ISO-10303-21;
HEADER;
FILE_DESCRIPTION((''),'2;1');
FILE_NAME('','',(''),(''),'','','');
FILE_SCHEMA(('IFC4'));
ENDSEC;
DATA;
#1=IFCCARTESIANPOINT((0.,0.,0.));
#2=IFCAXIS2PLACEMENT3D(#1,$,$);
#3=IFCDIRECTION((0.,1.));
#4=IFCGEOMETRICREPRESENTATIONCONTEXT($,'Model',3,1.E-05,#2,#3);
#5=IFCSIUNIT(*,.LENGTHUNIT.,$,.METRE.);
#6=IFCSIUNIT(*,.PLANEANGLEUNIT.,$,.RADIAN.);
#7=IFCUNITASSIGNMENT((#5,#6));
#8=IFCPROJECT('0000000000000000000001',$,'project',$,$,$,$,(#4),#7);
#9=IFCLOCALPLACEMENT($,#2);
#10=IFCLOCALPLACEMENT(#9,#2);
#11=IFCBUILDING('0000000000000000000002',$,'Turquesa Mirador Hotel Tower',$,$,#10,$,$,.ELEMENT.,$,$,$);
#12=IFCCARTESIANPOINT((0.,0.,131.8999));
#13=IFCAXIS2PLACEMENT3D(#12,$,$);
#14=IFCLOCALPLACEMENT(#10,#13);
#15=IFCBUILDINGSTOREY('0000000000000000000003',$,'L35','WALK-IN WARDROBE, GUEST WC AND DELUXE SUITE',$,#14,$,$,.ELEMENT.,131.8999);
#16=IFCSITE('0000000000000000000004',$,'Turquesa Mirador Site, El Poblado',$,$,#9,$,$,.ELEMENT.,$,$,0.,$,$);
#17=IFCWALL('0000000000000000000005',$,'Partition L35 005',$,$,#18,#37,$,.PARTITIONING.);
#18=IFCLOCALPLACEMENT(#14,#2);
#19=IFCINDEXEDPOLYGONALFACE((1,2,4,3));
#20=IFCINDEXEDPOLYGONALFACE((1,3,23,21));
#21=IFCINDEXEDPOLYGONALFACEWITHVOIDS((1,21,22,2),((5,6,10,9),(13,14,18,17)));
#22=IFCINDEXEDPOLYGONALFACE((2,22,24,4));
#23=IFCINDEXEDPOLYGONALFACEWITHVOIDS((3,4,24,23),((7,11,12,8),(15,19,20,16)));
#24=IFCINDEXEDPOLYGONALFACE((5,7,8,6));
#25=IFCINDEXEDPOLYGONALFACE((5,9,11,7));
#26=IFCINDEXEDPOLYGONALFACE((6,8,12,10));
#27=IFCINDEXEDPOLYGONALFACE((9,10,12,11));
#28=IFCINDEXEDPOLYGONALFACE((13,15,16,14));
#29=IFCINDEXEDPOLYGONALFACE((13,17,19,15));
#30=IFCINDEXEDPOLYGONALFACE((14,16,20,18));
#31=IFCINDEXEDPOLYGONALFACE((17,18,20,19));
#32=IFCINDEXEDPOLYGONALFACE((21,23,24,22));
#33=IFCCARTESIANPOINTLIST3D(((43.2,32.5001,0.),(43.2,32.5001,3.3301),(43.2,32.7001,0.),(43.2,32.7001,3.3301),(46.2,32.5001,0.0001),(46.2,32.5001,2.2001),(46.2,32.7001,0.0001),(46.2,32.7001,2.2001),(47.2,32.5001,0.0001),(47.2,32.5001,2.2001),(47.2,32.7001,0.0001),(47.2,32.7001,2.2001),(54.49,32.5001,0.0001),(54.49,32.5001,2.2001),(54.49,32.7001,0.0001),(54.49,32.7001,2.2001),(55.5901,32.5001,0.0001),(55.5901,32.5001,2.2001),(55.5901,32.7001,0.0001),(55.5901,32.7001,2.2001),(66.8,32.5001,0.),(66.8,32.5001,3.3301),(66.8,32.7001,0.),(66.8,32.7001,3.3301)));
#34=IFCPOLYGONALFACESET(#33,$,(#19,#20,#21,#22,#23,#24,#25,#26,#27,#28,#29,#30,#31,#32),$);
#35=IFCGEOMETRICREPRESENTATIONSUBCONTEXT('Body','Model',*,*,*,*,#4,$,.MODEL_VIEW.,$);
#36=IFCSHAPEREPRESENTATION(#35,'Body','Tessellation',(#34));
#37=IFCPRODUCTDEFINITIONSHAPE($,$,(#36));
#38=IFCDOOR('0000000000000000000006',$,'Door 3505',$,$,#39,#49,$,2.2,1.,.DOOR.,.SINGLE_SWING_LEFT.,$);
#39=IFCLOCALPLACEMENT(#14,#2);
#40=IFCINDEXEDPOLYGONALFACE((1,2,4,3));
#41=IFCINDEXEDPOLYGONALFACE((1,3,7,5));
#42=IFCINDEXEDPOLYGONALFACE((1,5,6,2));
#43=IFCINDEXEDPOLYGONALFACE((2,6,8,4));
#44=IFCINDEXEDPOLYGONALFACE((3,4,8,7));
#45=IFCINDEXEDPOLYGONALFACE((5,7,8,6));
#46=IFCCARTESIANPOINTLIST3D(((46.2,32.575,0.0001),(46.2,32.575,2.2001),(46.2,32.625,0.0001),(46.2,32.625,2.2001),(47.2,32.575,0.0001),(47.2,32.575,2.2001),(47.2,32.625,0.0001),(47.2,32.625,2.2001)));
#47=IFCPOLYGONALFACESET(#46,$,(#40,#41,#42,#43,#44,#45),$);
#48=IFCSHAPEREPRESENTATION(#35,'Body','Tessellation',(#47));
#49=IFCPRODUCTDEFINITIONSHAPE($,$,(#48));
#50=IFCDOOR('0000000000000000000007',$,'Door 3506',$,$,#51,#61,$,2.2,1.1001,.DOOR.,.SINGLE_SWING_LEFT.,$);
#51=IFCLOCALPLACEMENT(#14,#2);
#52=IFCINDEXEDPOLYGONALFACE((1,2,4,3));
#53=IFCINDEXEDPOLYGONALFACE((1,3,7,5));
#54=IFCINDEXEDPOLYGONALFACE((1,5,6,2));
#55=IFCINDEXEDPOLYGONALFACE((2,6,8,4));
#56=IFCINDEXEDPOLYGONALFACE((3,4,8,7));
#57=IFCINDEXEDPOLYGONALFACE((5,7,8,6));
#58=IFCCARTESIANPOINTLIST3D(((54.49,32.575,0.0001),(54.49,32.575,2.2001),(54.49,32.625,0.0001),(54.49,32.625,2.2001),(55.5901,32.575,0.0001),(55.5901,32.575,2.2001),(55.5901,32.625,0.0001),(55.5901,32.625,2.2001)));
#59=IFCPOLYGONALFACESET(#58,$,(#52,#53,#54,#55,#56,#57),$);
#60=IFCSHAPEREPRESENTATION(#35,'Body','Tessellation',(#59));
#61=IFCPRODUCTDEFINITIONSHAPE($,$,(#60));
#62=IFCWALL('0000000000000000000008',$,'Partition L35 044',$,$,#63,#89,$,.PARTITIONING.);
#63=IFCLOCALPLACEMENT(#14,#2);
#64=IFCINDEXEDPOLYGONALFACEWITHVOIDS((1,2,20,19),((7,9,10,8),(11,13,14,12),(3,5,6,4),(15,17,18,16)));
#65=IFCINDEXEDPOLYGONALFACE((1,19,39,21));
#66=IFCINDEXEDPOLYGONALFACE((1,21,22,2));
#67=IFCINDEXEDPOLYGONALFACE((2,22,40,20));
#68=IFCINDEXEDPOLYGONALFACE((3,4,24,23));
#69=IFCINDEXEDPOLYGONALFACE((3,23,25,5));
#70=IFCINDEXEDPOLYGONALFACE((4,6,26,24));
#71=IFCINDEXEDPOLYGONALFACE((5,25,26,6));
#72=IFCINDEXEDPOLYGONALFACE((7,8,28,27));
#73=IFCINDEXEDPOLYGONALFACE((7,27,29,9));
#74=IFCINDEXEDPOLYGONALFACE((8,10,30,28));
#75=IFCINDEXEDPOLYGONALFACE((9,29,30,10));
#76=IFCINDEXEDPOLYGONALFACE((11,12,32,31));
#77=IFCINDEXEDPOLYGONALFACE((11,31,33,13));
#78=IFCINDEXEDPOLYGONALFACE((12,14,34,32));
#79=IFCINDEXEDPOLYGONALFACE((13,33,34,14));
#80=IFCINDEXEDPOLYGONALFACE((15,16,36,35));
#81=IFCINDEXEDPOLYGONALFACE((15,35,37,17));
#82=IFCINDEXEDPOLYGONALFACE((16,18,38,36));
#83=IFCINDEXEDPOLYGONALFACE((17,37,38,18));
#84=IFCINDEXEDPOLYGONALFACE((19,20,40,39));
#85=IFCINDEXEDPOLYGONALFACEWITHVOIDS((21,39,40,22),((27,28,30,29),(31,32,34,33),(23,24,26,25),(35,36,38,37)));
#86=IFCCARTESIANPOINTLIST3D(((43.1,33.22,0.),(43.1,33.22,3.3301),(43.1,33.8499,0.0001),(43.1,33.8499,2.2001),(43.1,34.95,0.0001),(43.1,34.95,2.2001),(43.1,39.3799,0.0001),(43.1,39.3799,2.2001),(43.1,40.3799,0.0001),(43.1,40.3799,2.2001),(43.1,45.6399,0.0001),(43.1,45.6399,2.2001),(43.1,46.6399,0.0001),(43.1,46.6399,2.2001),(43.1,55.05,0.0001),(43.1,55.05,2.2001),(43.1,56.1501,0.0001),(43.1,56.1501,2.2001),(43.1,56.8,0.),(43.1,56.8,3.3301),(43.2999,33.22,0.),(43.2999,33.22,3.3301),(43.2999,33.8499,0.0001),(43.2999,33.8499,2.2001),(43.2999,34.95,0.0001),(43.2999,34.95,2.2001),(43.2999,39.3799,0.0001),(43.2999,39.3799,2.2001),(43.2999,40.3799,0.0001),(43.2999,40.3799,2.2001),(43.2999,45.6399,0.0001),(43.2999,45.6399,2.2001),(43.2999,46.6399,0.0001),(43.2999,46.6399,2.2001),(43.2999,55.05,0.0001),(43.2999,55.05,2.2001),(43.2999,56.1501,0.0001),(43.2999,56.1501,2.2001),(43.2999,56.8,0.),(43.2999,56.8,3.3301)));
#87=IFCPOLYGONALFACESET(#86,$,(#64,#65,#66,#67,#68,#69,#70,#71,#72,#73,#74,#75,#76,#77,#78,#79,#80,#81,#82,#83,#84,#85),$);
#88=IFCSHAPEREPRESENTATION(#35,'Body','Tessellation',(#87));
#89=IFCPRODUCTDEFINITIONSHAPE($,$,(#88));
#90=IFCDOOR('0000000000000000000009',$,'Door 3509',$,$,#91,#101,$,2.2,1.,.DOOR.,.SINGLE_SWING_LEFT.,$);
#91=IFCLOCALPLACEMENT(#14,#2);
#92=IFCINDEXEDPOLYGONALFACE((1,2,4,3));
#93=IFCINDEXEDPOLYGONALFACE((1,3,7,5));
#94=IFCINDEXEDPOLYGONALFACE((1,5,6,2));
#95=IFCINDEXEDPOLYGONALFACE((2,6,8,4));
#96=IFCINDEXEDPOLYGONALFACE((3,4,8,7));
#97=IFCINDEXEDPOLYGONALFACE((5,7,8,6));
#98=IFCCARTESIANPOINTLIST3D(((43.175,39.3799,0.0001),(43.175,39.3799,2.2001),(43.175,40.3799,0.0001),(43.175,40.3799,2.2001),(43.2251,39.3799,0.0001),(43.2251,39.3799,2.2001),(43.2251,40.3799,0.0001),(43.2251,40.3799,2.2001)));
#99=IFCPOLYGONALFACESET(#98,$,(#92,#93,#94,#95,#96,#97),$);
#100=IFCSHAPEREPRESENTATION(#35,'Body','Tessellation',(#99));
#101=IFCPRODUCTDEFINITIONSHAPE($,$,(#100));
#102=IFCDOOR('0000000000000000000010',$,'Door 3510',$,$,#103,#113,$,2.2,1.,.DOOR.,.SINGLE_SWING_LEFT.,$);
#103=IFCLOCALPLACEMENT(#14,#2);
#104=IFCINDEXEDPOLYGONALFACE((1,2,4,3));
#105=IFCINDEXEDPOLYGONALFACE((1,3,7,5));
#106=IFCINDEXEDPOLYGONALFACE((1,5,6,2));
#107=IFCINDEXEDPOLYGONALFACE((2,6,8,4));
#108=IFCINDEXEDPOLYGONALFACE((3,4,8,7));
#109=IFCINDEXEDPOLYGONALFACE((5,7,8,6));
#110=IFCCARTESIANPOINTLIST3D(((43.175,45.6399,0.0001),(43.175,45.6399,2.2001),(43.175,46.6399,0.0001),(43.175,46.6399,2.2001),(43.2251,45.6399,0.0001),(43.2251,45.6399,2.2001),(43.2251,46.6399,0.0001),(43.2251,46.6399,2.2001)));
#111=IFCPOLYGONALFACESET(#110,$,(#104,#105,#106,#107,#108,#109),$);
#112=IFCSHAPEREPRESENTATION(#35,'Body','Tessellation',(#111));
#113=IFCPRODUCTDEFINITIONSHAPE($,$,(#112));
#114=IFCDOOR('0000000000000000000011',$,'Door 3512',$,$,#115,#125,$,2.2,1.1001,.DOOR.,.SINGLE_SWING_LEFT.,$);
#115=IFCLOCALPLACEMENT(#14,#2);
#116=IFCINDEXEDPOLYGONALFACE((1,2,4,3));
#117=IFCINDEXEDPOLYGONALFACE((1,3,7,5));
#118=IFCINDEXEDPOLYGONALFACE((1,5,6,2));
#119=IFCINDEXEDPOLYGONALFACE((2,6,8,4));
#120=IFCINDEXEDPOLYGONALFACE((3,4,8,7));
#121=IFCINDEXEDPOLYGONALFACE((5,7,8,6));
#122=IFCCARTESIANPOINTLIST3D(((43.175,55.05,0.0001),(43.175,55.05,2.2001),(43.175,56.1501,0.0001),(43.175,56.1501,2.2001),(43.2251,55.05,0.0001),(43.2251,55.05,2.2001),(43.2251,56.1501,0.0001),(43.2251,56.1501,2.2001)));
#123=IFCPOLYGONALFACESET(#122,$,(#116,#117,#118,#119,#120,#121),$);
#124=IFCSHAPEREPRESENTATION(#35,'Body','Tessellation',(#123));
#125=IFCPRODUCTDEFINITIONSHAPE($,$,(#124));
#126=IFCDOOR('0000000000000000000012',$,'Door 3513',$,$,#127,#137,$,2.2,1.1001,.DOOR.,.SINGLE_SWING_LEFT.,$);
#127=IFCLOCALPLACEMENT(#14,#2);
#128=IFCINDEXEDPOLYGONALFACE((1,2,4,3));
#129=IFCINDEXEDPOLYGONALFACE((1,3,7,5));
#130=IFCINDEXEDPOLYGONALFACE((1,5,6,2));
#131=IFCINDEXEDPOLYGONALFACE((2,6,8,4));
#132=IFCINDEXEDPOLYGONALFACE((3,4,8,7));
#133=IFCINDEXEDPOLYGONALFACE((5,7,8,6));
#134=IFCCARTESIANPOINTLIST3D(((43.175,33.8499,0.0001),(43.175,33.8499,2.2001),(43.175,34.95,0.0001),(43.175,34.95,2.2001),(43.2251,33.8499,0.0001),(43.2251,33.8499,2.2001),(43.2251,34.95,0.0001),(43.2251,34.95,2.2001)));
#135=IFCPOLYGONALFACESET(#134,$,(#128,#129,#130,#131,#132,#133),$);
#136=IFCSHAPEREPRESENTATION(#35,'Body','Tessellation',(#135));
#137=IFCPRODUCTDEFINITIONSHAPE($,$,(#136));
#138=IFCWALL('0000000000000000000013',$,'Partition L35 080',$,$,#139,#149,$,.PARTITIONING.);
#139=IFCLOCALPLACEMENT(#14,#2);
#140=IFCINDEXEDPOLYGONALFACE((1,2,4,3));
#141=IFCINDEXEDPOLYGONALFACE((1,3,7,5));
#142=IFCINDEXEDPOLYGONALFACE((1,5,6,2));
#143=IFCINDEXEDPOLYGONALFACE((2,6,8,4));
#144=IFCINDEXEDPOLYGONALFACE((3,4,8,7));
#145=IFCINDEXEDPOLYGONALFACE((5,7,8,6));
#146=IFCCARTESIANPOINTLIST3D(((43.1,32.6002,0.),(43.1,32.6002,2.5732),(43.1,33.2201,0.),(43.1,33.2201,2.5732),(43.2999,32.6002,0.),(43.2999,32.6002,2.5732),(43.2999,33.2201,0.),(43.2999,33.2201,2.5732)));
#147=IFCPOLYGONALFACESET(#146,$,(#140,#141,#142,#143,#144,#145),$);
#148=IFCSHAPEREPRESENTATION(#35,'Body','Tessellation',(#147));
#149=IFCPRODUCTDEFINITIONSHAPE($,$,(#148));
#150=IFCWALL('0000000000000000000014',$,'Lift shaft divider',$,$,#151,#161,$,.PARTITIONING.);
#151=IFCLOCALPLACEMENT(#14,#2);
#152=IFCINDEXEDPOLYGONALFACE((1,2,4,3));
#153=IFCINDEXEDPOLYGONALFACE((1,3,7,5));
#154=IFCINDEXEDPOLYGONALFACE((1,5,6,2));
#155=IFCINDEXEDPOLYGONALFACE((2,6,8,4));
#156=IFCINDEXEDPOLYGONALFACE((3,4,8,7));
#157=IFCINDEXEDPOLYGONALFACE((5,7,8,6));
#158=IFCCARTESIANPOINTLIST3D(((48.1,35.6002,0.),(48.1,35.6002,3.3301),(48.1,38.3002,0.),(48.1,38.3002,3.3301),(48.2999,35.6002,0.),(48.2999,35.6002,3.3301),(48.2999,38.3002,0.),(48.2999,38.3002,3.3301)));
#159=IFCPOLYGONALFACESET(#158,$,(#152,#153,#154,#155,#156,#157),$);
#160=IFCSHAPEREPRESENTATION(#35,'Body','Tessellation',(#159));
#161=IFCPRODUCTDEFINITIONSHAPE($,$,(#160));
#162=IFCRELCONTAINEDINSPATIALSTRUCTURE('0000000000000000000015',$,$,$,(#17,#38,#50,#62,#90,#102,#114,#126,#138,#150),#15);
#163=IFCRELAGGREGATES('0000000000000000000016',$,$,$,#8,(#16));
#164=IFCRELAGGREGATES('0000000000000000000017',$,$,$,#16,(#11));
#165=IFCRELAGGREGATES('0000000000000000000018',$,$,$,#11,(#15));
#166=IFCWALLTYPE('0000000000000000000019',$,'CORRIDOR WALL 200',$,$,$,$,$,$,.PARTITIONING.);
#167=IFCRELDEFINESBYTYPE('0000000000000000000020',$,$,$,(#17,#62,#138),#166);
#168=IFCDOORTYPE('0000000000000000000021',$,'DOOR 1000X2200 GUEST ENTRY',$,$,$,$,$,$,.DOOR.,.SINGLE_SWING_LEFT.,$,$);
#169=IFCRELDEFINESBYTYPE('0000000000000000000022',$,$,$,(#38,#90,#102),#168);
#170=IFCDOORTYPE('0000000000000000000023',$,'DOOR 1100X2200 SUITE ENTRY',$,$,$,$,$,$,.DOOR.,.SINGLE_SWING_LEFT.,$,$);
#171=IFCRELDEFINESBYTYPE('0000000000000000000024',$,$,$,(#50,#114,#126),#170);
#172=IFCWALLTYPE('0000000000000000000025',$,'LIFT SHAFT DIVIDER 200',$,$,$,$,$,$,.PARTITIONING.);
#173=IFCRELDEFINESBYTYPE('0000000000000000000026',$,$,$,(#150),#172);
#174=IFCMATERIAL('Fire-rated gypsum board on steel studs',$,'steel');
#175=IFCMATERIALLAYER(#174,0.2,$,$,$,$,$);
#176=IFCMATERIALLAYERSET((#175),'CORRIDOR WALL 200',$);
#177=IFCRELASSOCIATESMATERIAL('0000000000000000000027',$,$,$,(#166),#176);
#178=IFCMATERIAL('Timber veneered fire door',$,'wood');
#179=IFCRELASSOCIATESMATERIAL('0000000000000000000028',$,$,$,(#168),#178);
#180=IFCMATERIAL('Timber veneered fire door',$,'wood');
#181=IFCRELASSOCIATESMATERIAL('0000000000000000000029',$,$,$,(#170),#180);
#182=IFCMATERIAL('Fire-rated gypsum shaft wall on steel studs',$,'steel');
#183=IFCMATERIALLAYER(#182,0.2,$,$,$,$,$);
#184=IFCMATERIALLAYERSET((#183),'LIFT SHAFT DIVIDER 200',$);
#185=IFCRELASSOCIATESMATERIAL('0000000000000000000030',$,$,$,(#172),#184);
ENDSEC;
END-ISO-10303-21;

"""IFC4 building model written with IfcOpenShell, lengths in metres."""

from ifc_helpers import new_model, si_unit, direction, frame, frame_2d, origin, place, context, subcontext, project, spatial, rectangle, extrude, material, layer, layer_set, type_object, element, fill, save


model = new_model("IFC4")

# Units and contexts
model_context = context("Model", 3, precision=1e-05, world=origin(), true_north=direction((0.0, 1.0)))
body_context = subcontext(model_context, "Body", "Model", "MODEL_VIEW")
ifc_project = project(units=[si_unit("LENGTHUNIT", "METRE"), si_unit("PLANEANGLEUNIT", "RADIAN")], contexts=[model_context])

# Site, building, storey
site_placement = place(None, origin())
site = spatial("IfcSite", under=ifc_project, at=site_placement, Name="Turquesa Mirador Site, El Poblado", CompositionType="ELEMENT", RefElevation=0.0)
building_placement = place(site_placement, origin())
building = spatial("IfcBuilding", under=site, at=building_placement, Name="Turquesa Mirador Hotel Tower", CompositionType="ELEMENT")
storey_placement = place(building_placement, frame((0.0, 0.0, 131.8999)))
storey = spatial("IfcBuildingStorey", under=building, at=storey_placement, Name="L35", Description="WALK-IN WARDROBE, GUEST WC AND DELUXE SUITE", CompositionType="ELEMENT", Elevation=131.8999)

# Walls, openings, doors
ifc_material_1 = material(Name="Fire-rated gypsum board on steel studs", Category="steel")
ifc_layer_1 = layer(ifc_material_1, 0.2)
ifc_layer_set_1 = layer_set([ifc_layer_1], Name="CORRIDOR WALL 200")
wall_type_1 = type_object("IfcWallType", Name="CORRIDOR WALL 200", PredefinedType="PARTITIONING", material=ifc_layer_set_1)
wall_1_placement = place(storey_placement, frame((43.2, 32.6001, 0.0), z_axis=(0.0, 0.0, 1.0), x_axis=(1.0, 0.0, 0.0)))
wall_1 = element("IfcWall", 1, at=wall_1_placement, inside=storey, type_object=wall_type_1, Name="Partition L35 005", PredefinedType="PARTITIONING", context=body_context, shape_type="SweptSolid", body=[
    extrude(rectangle(XDim=23.6001, YDim=0.2, at=frame_2d((11.8, 0.0))), origin(), (0.0, 0.0, 1.0), 3.3301),
])
opening_1_placement = place(wall_1_placement, frame((3.0, 0.0, 0.0)))
opening_1 = element("IfcOpeningElement", 2, at=opening_1_placement, cuts=wall_1, PredefinedType="OPENING", context=body_context, shape_type="SweptSolid", body=[
    extrude(rectangle(XDim=1.0, YDim=2.2, at=frame_2d((0.5, 1.1001))), frame((0.0, 0.1099, 0.0), z_axis=(0.0, -1.0, 0.0), x_axis=(1.0, 0.0, 0.0)), (0.0, 0.0, 1.0), 0.22),
])
opening_2_placement = place(wall_1_placement, frame((11.29, 0.0, 0.0)))
opening_2 = element("IfcOpeningElement", 3, at=opening_2_placement, cuts=wall_1, PredefinedType="OPENING", context=body_context, shape_type="SweptSolid", body=[
    extrude(rectangle(XDim=1.1001, YDim=2.2, at=frame_2d((0.55, 1.1001))), frame((0.0, 0.1099, 0.0), z_axis=(0.0, -1.0, 0.0), x_axis=(1.0, 0.0, 0.0)), (0.0, 0.0, 1.0), 0.22),
])
ifc_material_2 = material(Name="Timber veneered fire door", Category="wood")
door_type_1 = type_object("IfcDoorType", Name="DOOR 1000X2200 GUEST ENTRY", OperationType="SINGLE_SWING_LEFT", PredefinedType="DOOR", material=ifc_material_2)
door_1_placement = place(opening_1_placement, origin())
door_1 = element("IfcDoor", 4, at=door_1_placement, inside=storey, type_object=door_type_1, Name="Door 3505", OperationType="SINGLE_SWING_LEFT", OverallHeight=2.2, OverallWidth=1.0, PredefinedType="DOOR", context=body_context, shape_type="SweptSolid", body=[
    extrude(rectangle(XDim=1.0, YDim=2.2, at=frame_2d((0.5, 1.1001))), frame((0.0, 0.0249, 0.0), z_axis=(0.0, -1.0, 0.0), x_axis=(1.0, 0.0, 0.0)), (0.0, 0.0, 1.0), 0.05),
])
fill(opening_1, door_1)
ifc_material_3 = material(Name="Timber veneered fire door", Category="wood")
door_type_2 = type_object("IfcDoorType", Name="DOOR 1100X2200 SUITE ENTRY", OperationType="SINGLE_SWING_LEFT", PredefinedType="DOOR", material=ifc_material_3)
door_2_placement = place(opening_2_placement, origin())
door_2 = element("IfcDoor", 5, at=door_2_placement, inside=storey, type_object=door_type_2, Name="Door 3506", OperationType="SINGLE_SWING_LEFT", OverallHeight=2.2, OverallWidth=1.1001, PredefinedType="DOOR", context=body_context, shape_type="SweptSolid", body=[
    extrude(rectangle(XDim=1.1001, YDim=2.2, at=frame_2d((0.55, 1.1001))), frame((0.0, 0.0249, 0.0), z_axis=(0.0, -1.0, 0.0), x_axis=(1.0, 0.0, 0.0)), (0.0, 0.0, 1.0), 0.05),
])
fill(opening_2, door_2)
wall_2_placement = place(storey_placement, frame((43.2, 33.22, 0.0), z_axis=(0.0, 0.0, 1.0), x_axis=(0.0, 1.0, 0.0)))
wall_2 = element("IfcWall", 6, at=wall_2_placement, inside=storey, type_object=wall_type_1, Name="Partition L35 044", PredefinedType="PARTITIONING", context=body_context, shape_type="SweptSolid", body=[
    extrude(rectangle(XDim=23.5801, YDim=0.2, at=frame_2d((11.79, 0.0))), origin(), (0.0, 0.0, 1.0), 3.3301),
])
opening_3_placement = place(wall_2_placement, frame((6.1599, 0.0, 0.0)))
opening_3 = element("IfcOpeningElement", 7, at=opening_3_placement, cuts=wall_2, PredefinedType="OPENING", context=body_context, shape_type="SweptSolid", body=[
    extrude(rectangle(XDim=1.0, YDim=2.2, at=frame_2d((0.5, 1.1001))), frame((0.0, 0.1099, 0.0), z_axis=(0.0, -1.0, 0.0), x_axis=(1.0, 0.0, 0.0)), (0.0, 0.0, 1.0), 0.22),
])
opening_4_placement = place(wall_2_placement, frame((12.4199, 0.0, 0.0)))
opening_4 = element("IfcOpeningElement", 8, at=opening_4_placement, cuts=wall_2, PredefinedType="OPENING", context=body_context, shape_type="SweptSolid", body=[
    extrude(rectangle(XDim=1.0, YDim=2.2, at=frame_2d((0.5, 1.1001))), frame((0.0, 0.1099, 0.0), z_axis=(0.0, -1.0, 0.0), x_axis=(1.0, 0.0, 0.0)), (0.0, 0.0, 1.0), 0.22),
])
opening_5_placement = place(wall_2_placement, frame((21.8301, 0.0, 0.0)))
opening_5 = element("IfcOpeningElement", 9, at=opening_5_placement, cuts=wall_2, PredefinedType="OPENING", context=body_context, shape_type="SweptSolid", body=[
    extrude(rectangle(XDim=1.1001, YDim=2.2, at=frame_2d((0.55, 1.1001))), frame((0.0, 0.1099, 0.0), z_axis=(0.0, -1.0, 0.0), x_axis=(1.0, 0.0, 0.0)), (0.0, 0.0, 1.0), 0.22),
])
opening_6_placement = place(wall_2_placement, frame((0.6299, 0.0, 0.0)))
opening_6 = element("IfcOpeningElement", 10, at=opening_6_placement, cuts=wall_2, PredefinedType="OPENING", context=body_context, shape_type="SweptSolid", body=[
    extrude(rectangle(XDim=1.1001, YDim=2.2, at=frame_2d((0.55, 1.1001))), frame((0.0, 0.1099, 0.0), z_axis=(0.0, -1.0, 0.0), x_axis=(1.0, 0.0, 0.0)), (0.0, 0.0, 1.0), 0.22),
])
door_3_placement = place(opening_3_placement, origin())
door_3 = element("IfcDoor", 11, at=door_3_placement, inside=storey, type_object=door_type_1, Name="Door 3509", OperationType="SINGLE_SWING_LEFT", OverallHeight=2.2, OverallWidth=1.0, PredefinedType="DOOR", context=body_context, shape_type="SweptSolid", body=[
    extrude(rectangle(XDim=1.0, YDim=2.2, at=frame_2d((0.5, 1.1001))), frame((0.0, 0.0249, 0.0), z_axis=(0.0, -1.0, 0.0), x_axis=(1.0, 0.0, 0.0)), (0.0, 0.0, 1.0), 0.05),
])
fill(opening_3, door_3)
door_4_placement = place(opening_4_placement, origin())
door_4 = element("IfcDoor", 12, at=door_4_placement, inside=storey, type_object=door_type_1, Name="Door 3510", OperationType="SINGLE_SWING_LEFT", OverallHeight=2.2, OverallWidth=1.0, PredefinedType="DOOR", context=body_context, shape_type="SweptSolid", body=[
    extrude(rectangle(XDim=1.0, YDim=2.2, at=frame_2d((0.5, 1.1001))), frame((0.0, 0.0249, 0.0), z_axis=(0.0, -1.0, 0.0), x_axis=(1.0, 0.0, 0.0)), (0.0, 0.0, 1.0), 0.05),
])
fill(opening_4, door_4)
door_5_placement = place(opening_5_placement, origin())
door_5 = element("IfcDoor", 13, at=door_5_placement, inside=storey, type_object=door_type_2, Name="Door 3512", OperationType="SINGLE_SWING_LEFT", OverallHeight=2.2, OverallWidth=1.1001, PredefinedType="DOOR", context=body_context, shape_type="SweptSolid", body=[
    extrude(rectangle(XDim=1.1001, YDim=2.2, at=frame_2d((0.55, 1.1001))), frame((0.0, 0.0249, 0.0), z_axis=(0.0, -1.0, 0.0), x_axis=(1.0, 0.0, 0.0)), (0.0, 0.0, 1.0), 0.05),
])
fill(opening_5, door_5)
door_6_placement = place(opening_6_placement, origin())
door_6 = element("IfcDoor", 14, at=door_6_placement, inside=storey, type_object=door_type_2, Name="Door 3513", OperationType="SINGLE_SWING_LEFT", OverallHeight=2.2, OverallWidth=1.1001, PredefinedType="DOOR", context=body_context, shape_type="SweptSolid", body=[
    extrude(rectangle(XDim=1.1001, YDim=2.2, at=frame_2d((0.55, 1.1001))), frame((0.0, 0.0249, 0.0), z_axis=(0.0, -1.0, 0.0), x_axis=(1.0, 0.0, 0.0)), (0.0, 0.0, 1.0), 0.05),
])
fill(opening_6, door_6)

# Walls
wall_3_placement = place(storey_placement, frame((43.2, 32.6001, 0.0), z_axis=(0.0, 0.0, 1.0), x_axis=(0.0, 1.0, 0.0)))
element("IfcWall", 15, at=wall_3_placement, inside=storey, type_object=wall_type_1, Name="Partition L35 080", PredefinedType="PARTITIONING", context=body_context, shape_type="SweptSolid", body=[
    extrude(rectangle(XDim=0.6199, YDim=0.2, at=frame_2d((0.3101, 0.0))), origin(), (0.0, 0.0, 1.0), 2.5732),
])
ifc_material_4 = material(Name="Fire-rated gypsum shaft wall on steel studs", Category="steel")
ifc_layer_2 = layer(ifc_material_4, 0.2)
ifc_layer_set_2 = layer_set([ifc_layer_2], Name="LIFT SHAFT DIVIDER 200")
wall_type_2 = type_object("IfcWallType", Name="LIFT SHAFT DIVIDER 200", PredefinedType="PARTITIONING", material=ifc_layer_set_2)
for number, where, z_axis, x_axis, name in (
    (16, (48.2, 35.6001, 0.0), (0.0, 0.0, 1.0), (0.0, 1.0, 0.0), "Lift shaft divider"),
):
    element("IfcWall", number, at=place(storey_placement, frame(where, z_axis=z_axis, x_axis=x_axis)), inside=storey, type_object=wall_type_2, Name=name, PredefinedType="PARTITIONING", context=body_context, shape_type="SweptSolid", body=[
        extrude(rectangle(XDim=2.7, YDim=0.2, at=frame_2d((1.3501, 0.0))), origin(), (0.0, 0.0, 1.0), 3.3301),
    ])

save(model, "model.ifc")
